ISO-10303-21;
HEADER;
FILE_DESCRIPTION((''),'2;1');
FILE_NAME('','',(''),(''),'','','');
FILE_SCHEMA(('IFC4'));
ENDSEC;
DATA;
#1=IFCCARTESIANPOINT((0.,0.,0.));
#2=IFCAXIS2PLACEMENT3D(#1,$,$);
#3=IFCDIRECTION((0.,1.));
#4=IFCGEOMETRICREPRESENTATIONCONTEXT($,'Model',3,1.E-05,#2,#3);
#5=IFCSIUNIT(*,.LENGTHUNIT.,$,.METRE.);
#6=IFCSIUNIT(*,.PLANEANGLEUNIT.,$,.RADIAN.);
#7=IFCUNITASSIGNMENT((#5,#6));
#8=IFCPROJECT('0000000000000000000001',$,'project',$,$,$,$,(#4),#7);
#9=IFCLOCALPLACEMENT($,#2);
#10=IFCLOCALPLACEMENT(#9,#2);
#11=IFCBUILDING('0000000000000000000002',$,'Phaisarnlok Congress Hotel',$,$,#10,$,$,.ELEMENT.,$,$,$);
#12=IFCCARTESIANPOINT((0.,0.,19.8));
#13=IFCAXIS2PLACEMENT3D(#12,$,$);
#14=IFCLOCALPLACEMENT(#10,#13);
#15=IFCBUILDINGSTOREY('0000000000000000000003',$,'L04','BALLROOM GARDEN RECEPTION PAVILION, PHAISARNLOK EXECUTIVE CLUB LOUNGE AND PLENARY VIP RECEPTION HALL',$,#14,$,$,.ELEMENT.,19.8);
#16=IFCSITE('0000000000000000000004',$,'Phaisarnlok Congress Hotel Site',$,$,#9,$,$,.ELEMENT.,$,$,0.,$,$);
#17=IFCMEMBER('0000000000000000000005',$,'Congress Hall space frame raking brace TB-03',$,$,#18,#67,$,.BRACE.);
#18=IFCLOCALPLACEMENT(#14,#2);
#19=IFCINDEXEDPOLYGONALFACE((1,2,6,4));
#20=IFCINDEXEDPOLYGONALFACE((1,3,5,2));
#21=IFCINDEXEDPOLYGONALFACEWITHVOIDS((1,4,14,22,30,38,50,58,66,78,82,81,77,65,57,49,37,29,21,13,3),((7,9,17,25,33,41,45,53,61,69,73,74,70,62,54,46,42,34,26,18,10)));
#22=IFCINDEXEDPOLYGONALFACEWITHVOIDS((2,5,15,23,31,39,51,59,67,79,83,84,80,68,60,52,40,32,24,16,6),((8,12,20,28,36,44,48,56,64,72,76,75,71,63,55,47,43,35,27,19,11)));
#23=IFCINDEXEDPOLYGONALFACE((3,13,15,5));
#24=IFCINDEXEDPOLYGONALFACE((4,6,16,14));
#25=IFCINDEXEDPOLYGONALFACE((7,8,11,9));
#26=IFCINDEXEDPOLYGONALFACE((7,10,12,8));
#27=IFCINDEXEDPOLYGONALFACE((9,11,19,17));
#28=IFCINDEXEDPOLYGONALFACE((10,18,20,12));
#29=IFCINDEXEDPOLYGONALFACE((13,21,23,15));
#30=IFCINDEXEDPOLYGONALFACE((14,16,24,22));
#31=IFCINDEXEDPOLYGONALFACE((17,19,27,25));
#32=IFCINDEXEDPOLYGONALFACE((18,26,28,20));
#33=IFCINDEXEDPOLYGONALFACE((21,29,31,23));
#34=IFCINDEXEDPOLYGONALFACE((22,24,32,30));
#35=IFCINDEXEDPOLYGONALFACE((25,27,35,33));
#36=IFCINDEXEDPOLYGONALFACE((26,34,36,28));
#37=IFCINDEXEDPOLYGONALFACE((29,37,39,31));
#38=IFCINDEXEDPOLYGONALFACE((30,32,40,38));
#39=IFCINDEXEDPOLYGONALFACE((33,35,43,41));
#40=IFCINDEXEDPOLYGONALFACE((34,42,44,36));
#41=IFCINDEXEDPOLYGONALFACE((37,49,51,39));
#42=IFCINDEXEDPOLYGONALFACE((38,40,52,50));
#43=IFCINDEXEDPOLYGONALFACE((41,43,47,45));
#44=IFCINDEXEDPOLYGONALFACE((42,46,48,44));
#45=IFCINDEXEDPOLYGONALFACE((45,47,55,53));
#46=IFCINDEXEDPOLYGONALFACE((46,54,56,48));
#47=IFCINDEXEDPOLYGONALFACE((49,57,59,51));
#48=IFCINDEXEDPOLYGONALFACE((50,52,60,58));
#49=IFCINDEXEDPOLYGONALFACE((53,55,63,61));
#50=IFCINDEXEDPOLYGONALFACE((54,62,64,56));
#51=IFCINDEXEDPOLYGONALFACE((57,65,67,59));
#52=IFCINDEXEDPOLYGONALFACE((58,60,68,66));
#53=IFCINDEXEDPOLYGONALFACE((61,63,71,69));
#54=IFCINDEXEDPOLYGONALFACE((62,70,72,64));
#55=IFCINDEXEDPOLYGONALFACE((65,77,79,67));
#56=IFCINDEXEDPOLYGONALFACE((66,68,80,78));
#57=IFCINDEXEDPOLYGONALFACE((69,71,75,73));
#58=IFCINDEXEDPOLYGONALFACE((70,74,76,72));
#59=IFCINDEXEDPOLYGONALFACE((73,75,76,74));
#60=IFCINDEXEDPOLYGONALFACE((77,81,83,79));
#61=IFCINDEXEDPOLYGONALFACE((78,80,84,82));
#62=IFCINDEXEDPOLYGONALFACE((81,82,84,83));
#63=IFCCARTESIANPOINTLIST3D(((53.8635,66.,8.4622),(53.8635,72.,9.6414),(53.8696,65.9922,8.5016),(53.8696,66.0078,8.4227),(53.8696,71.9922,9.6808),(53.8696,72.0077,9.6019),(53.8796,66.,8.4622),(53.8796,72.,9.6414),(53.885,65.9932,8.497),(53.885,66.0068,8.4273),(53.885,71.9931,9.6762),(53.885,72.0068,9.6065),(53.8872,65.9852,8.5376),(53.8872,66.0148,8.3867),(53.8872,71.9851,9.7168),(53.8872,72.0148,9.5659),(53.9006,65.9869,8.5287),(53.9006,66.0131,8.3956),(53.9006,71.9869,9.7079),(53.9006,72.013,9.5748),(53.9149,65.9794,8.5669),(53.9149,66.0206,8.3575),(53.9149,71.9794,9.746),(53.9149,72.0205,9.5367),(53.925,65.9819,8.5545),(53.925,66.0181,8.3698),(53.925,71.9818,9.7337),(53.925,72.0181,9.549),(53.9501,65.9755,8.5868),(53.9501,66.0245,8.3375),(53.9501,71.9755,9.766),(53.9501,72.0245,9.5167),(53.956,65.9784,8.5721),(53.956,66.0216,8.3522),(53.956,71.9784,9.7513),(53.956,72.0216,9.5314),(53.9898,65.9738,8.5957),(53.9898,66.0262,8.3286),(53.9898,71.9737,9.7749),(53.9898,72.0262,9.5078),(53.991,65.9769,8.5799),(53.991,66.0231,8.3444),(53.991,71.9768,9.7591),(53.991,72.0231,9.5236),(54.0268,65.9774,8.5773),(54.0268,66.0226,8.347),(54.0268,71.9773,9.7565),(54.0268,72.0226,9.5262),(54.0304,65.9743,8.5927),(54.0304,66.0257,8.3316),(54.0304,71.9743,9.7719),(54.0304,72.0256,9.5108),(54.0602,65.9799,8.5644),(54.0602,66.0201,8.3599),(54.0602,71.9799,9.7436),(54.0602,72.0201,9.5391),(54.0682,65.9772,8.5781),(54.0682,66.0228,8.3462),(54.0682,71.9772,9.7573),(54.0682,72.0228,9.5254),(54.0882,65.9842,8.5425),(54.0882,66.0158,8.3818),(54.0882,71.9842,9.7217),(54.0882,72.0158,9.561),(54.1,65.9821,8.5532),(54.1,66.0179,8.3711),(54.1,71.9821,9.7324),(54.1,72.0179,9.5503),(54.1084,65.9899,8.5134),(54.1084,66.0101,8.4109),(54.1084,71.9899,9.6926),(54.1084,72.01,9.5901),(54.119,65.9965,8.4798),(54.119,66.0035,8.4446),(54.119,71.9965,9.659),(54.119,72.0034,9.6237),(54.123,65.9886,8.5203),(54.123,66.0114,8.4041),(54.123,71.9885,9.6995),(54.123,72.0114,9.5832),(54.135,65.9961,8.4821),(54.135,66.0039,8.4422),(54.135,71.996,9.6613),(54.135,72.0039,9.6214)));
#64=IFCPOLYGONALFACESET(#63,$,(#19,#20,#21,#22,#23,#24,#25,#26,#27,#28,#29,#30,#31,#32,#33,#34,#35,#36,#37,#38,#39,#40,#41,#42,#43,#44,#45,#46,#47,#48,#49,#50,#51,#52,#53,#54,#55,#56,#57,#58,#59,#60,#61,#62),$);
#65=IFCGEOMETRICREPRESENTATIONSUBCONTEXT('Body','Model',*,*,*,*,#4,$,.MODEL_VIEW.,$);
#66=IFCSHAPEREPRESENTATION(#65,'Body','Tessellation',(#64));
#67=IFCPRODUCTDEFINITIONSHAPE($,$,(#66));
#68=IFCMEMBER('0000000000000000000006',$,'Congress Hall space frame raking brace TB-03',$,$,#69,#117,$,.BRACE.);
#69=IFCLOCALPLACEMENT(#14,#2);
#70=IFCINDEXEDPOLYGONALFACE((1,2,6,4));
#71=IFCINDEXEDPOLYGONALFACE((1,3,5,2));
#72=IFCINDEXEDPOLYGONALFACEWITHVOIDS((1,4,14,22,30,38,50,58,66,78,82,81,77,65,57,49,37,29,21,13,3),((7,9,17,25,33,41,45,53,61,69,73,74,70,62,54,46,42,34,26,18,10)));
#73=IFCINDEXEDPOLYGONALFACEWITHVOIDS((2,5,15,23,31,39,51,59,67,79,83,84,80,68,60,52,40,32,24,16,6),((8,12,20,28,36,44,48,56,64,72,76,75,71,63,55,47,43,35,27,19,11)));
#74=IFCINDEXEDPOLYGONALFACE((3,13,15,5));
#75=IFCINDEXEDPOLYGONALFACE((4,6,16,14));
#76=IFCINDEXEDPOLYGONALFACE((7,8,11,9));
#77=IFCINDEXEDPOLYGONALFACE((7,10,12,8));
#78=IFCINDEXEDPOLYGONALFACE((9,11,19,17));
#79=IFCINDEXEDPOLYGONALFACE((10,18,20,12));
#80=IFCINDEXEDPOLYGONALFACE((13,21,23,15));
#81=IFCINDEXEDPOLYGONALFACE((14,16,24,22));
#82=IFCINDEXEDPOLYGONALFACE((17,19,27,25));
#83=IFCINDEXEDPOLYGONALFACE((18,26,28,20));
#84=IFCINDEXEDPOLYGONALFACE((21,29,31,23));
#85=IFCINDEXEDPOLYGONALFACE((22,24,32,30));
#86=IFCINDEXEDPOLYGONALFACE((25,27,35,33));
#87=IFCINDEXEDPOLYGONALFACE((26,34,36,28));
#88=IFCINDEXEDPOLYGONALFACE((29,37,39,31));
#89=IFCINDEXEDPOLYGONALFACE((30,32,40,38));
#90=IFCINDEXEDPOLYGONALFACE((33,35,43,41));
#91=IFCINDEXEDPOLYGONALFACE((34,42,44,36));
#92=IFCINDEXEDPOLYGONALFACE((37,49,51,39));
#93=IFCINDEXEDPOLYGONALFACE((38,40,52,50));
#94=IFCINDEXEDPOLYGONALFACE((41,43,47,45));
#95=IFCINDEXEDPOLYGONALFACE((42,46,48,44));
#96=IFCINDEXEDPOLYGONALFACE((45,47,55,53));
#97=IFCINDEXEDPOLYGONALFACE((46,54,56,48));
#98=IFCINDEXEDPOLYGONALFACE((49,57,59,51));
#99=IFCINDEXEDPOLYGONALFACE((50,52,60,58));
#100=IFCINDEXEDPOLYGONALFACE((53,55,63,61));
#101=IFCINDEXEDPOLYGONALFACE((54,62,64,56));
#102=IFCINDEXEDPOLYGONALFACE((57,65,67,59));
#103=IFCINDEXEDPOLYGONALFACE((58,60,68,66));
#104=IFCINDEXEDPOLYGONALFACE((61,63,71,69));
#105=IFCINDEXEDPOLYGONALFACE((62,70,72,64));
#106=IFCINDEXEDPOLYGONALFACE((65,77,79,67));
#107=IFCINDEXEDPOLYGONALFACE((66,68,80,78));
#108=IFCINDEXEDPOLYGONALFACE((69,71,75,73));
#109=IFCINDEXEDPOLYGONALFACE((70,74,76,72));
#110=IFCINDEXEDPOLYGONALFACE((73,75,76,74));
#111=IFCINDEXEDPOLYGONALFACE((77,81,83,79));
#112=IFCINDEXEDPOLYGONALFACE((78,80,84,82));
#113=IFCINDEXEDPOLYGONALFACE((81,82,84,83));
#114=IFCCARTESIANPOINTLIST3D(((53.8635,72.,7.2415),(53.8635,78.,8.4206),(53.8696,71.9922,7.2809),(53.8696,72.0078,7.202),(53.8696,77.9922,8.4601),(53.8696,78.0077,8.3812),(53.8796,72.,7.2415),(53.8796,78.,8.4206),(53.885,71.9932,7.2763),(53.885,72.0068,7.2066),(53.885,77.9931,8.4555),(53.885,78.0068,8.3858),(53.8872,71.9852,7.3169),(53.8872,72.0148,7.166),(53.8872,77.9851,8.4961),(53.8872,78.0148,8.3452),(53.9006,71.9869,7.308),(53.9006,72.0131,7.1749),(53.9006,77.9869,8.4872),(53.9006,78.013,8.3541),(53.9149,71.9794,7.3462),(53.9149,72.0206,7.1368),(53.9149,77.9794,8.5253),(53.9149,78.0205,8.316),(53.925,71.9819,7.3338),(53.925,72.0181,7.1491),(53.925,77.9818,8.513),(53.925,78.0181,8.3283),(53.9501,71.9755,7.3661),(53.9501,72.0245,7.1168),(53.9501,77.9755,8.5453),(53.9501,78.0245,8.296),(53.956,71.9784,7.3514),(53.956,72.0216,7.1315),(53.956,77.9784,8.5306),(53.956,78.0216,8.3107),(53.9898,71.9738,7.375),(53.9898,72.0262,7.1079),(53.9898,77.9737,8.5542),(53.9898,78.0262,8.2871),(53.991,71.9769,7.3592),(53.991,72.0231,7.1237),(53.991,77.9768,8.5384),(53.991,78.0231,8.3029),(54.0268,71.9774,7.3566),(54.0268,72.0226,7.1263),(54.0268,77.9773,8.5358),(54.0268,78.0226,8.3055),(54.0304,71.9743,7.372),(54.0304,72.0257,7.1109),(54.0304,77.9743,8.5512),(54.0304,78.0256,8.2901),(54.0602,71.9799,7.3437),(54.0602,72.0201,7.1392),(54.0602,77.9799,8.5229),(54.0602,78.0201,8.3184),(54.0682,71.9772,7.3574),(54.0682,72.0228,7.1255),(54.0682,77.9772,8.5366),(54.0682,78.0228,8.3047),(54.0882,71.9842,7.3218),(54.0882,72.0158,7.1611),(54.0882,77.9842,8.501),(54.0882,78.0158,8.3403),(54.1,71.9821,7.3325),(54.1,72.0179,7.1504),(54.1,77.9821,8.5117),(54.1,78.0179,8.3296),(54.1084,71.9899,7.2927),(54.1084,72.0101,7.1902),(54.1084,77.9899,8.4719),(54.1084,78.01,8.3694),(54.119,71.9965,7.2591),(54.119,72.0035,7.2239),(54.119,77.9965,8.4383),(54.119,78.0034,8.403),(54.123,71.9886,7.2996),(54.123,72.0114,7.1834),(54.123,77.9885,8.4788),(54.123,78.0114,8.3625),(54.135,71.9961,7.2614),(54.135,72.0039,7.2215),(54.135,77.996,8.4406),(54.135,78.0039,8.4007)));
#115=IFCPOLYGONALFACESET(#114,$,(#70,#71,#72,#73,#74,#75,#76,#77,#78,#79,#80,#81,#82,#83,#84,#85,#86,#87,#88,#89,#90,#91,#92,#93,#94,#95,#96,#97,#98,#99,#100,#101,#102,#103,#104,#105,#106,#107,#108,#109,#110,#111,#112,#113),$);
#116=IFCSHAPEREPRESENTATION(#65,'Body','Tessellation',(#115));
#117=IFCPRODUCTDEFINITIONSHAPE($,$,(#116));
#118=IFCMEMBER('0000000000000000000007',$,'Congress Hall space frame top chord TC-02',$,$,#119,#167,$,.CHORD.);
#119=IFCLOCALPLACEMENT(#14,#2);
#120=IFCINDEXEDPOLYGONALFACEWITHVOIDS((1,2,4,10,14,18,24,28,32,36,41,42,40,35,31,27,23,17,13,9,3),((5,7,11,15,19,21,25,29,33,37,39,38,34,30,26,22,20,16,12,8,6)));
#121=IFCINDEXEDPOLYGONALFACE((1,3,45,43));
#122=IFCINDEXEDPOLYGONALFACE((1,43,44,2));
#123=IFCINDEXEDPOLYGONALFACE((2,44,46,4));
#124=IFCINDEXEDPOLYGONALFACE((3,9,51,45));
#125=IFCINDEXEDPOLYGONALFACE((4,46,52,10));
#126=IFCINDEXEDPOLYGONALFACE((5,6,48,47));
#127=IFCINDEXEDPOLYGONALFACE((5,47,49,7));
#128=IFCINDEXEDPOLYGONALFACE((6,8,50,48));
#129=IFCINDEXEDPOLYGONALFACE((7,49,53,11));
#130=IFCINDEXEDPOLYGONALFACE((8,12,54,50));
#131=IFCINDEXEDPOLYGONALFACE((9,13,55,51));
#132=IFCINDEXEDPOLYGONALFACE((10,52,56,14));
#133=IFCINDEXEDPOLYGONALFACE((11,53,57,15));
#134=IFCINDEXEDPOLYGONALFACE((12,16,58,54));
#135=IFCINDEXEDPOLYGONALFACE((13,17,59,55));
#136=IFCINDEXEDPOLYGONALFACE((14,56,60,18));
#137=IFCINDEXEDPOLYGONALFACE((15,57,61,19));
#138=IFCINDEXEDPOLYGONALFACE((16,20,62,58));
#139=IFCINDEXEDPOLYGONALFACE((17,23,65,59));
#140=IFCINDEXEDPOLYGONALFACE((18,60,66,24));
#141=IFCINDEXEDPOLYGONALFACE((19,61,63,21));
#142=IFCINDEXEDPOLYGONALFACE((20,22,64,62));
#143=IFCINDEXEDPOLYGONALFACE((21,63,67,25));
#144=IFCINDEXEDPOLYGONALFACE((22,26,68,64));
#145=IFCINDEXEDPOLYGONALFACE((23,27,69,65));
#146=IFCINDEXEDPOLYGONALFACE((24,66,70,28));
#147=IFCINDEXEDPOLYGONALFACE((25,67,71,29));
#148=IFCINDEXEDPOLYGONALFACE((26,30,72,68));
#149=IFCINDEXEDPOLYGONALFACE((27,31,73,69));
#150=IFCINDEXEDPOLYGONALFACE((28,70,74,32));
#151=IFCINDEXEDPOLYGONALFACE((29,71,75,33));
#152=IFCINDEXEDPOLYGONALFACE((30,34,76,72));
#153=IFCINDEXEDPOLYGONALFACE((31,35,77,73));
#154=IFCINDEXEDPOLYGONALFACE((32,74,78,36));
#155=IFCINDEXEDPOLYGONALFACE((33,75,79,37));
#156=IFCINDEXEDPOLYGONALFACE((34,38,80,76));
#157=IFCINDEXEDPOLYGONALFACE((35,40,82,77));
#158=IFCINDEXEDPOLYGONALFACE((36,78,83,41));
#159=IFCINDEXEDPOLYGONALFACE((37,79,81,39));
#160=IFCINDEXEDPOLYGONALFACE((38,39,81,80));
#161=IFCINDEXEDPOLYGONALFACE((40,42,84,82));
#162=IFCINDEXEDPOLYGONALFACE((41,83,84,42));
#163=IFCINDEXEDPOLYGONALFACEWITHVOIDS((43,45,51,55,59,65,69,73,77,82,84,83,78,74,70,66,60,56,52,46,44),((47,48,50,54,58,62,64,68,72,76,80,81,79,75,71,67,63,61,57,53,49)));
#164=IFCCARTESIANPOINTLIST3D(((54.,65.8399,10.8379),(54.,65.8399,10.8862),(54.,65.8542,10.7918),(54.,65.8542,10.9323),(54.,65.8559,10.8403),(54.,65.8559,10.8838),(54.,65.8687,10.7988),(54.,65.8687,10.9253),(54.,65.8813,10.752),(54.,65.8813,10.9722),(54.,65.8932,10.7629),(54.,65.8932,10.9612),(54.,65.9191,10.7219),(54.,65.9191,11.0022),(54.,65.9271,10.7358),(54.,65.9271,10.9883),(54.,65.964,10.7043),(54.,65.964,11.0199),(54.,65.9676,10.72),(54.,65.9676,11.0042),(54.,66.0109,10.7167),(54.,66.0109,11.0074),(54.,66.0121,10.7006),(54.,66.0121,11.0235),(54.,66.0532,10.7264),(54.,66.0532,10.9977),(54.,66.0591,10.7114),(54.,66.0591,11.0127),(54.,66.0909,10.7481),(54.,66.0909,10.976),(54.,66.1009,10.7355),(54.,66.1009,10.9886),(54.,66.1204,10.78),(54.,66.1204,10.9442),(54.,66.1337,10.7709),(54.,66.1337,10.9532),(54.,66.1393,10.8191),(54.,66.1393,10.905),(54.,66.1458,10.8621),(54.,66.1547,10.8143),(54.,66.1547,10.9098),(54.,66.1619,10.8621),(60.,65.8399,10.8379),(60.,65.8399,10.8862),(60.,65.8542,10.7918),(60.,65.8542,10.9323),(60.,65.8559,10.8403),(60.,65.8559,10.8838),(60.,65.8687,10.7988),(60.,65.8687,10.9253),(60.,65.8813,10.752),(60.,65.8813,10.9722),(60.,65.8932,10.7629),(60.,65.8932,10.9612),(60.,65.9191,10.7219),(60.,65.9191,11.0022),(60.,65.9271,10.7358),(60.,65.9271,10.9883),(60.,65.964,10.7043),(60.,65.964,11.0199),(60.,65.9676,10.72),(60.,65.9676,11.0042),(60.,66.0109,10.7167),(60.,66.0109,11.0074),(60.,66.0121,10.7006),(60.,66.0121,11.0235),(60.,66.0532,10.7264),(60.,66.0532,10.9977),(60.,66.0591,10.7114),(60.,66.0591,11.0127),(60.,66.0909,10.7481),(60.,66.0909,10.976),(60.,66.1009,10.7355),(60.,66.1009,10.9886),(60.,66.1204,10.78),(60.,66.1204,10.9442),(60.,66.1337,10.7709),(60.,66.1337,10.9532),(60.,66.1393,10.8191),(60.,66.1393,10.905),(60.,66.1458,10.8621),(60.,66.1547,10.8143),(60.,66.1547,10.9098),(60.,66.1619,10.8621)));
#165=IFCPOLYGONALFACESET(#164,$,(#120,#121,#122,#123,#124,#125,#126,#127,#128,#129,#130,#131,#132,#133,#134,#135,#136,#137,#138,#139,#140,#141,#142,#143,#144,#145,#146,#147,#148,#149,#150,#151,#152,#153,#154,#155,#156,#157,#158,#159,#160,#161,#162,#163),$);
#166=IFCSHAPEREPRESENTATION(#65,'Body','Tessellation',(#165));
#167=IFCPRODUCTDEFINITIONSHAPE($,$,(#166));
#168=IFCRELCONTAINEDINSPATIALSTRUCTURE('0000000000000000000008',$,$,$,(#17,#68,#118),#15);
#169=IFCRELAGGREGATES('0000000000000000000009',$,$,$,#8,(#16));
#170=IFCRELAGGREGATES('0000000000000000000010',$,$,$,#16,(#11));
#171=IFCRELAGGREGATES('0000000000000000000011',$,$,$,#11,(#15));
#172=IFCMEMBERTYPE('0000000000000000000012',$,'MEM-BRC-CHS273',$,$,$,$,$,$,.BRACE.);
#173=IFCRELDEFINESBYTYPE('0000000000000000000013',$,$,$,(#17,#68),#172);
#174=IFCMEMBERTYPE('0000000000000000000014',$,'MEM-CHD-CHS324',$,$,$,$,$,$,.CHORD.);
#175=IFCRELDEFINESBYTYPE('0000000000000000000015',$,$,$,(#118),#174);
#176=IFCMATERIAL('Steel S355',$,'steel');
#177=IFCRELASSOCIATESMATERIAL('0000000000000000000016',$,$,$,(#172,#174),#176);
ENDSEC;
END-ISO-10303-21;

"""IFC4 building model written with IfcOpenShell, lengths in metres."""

from ifc_helpers import new_model, si_unit, direction, frame, origin, origin_2d, place, context, subcontext, project, spatial, hollow_circle, extrude, material, material_profile, profile_set, type_object, element, save


model = new_model("IFC4")

# Units and contexts
model_context = context("Model", 3, precision=1e-05, world=origin(), true_north=direction((0.0, 1.0)))
body_context = subcontext(model_context, "Body", "Model", "MODEL_VIEW")
ifc_project = project(units=[si_unit("LENGTHUNIT", "METRE"), si_unit("PLANEANGLEUNIT", "RADIAN")], contexts=[model_context])

# Site, building, storey
site_placement = place(None, origin())
site = spatial("IfcSite", under=ifc_project, at=site_placement, Name="Phaisarnlok Congress Hotel Site", CompositionType="ELEMENT", RefElevation=0.0)
building_placement = place(site_placement, origin())
building = spatial("IfcBuilding", under=site, at=building_placement, Name="Phaisarnlok Congress Hotel", CompositionType="ELEMENT")
storey_placement = place(building_placement, frame((0.0, 0.0, 19.8)))
storey = spatial("IfcBuildingStorey", under=building, at=storey_placement, Name="L04", Description="BALLROOM GARDEN RECEPTION PAVILION, PHAISARNLOK EXECUTIVE CLUB LOUNGE AND PLENARY VIP RECEPTION HALL", CompositionType="ELEMENT", Elevation=19.8)

# Members
ifc_material = material(Name="Steel S355", Category="steel")
ifc_material_profile_1 = material_profile(ifc_material, hollow_circle(Radius=0.1365, WallThickness=0.0161, at=origin_2d()), Name="CHS 273x16")
ifc_profile_set_1 = profile_set([ifc_material_profile_1], Name="Steel S355")
member_type_1 = type_object("IfcMemberType", Name="MEM-BRC-CHS273", PredefinedType="BRACE", material=ifc_profile_set_1)
for number, where, z_axis, x_axis, name in (
    (1, (54.0, 66.0, 8.4622), (0.0, 0.981229, 0.192844), (-1.0, 0.0, 0.0), "Congress Hall space frame raking brace TB-03"),
    (2, (54.0, 72.0, 7.2415), (0.0, 0.981229, 0.192844), (-1.0, 0.0, 0.0), "Congress Hall space frame raking brace TB-03"),
):
    element("IfcMember", number, at=place(storey_placement, frame(where, z_axis=z_axis, x_axis=x_axis)), inside=storey, type_object=member_type_1, Name=name, PredefinedType="BRACE", context=body_context, shape_type="SweptSolid", body=[
        extrude(hollow_circle(Radius=0.1365, WallThickness=0.0161, at=origin_2d()), origin(), (0.0, 0.0, 1.0), 6.1147),
    ])
ifc_material_profile_2 = material_profile(ifc_material, hollow_circle(Radius=0.1619, WallThickness=0.0161, at=origin_2d()), Name="CHS 323.9x16")
ifc_profile_set_2 = profile_set([ifc_material_profile_2], Name="Steel S355")
member_type_2 = type_object("IfcMemberType", Name="MEM-CHD-CHS324", PredefinedType="CHORD", material=ifc_profile_set_2)
member_1_placement = place(storey_placement, frame((54.0, 66.0, 10.8621), z_axis=(1.0, 0.0, 0.0), x_axis=(0.0, 1.0, 0.0)))
element("IfcMember", 3, at=member_1_placement, inside=storey, type_object=member_type_2, Name="Congress Hall space frame top chord TC-02", PredefinedType="CHORD", context=body_context, shape_type="SweptSolid", body=[
    extrude(hollow_circle(Radius=0.1619, WallThickness=0.0161, at=origin_2d()), origin(), (0.0, 0.0, 1.0), 6.0),
])

save(model, "model.ifc")
